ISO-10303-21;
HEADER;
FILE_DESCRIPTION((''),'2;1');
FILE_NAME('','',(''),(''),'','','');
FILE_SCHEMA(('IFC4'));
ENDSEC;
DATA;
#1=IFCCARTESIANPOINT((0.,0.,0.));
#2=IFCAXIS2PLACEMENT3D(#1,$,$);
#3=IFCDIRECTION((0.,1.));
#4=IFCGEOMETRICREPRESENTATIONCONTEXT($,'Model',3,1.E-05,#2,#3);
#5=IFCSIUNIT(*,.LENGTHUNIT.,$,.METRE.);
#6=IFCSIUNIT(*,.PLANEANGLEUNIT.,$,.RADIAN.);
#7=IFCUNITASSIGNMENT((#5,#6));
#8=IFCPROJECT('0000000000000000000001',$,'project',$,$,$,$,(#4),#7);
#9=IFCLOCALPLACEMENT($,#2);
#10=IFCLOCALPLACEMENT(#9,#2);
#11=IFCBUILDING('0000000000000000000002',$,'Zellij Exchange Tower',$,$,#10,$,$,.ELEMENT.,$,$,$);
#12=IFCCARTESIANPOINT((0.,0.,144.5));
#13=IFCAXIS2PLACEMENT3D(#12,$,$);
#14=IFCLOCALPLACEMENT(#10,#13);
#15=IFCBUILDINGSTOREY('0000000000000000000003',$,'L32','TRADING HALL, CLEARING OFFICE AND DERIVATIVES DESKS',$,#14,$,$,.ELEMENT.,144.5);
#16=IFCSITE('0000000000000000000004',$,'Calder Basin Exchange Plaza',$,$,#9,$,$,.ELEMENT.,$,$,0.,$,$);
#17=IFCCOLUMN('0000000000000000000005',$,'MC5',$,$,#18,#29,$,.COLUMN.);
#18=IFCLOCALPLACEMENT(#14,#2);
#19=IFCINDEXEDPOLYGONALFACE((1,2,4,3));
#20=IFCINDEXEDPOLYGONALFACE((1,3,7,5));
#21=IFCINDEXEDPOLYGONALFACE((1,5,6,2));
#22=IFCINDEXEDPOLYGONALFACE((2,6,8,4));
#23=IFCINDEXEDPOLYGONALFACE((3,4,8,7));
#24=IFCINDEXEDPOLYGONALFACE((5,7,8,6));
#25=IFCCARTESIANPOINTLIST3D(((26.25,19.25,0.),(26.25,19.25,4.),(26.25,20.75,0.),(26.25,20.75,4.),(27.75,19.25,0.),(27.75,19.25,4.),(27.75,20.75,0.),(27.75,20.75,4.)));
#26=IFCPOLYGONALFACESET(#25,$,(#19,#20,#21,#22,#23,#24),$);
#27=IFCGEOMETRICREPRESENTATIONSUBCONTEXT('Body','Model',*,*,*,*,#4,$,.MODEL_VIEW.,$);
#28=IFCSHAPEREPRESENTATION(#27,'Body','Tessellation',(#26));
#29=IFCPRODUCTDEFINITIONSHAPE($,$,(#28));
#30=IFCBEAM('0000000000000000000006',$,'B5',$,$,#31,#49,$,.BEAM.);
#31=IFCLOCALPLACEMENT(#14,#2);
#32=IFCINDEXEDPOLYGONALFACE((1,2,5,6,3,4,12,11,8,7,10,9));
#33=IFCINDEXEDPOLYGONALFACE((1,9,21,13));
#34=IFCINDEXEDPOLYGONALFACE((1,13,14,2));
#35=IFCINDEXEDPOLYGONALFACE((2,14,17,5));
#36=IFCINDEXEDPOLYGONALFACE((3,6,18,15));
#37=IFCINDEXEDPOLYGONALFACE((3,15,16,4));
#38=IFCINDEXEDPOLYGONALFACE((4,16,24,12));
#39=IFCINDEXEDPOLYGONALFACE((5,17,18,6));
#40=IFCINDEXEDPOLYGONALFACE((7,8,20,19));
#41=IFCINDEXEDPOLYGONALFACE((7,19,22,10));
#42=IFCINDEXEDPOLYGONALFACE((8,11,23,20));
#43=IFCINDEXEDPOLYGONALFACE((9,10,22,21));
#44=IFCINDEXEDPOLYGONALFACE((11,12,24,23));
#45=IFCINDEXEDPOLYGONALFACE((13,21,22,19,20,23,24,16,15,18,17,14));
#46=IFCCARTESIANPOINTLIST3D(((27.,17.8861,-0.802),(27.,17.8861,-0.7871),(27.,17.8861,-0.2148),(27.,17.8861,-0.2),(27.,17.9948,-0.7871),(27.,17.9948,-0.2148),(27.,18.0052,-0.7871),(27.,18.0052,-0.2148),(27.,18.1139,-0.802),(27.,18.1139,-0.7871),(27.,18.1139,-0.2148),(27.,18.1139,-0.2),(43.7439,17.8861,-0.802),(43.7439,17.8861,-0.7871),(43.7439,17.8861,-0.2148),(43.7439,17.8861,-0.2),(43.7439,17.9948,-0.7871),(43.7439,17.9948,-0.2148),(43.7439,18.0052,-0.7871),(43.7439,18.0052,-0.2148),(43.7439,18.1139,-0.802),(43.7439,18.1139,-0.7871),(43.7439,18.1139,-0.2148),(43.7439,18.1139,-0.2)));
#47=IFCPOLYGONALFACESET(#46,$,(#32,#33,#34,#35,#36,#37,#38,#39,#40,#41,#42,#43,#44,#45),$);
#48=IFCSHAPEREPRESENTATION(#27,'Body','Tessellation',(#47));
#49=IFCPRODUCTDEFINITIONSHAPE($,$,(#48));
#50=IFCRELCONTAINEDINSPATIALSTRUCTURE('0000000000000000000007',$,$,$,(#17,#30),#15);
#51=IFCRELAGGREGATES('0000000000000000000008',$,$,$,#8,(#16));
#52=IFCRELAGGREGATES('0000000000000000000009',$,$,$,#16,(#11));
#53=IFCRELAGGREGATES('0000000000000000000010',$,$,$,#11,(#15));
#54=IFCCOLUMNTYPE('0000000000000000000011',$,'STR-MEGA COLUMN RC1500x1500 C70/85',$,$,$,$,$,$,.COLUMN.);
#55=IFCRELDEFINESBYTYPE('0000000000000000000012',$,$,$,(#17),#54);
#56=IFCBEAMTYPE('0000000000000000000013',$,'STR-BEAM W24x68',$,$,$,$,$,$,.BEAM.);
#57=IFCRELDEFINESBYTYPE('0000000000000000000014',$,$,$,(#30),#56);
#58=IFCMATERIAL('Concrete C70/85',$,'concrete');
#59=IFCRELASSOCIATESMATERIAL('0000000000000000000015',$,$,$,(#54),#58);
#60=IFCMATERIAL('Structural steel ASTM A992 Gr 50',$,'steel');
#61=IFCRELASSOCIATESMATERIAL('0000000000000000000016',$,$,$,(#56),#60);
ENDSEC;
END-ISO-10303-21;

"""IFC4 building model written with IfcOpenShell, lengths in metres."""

from ifc_helpers import new_model, si_unit, direction, frame, origin, origin_2d, place, context, subcontext, project, spatial, rectangle, i_section, extrude, material, material_profile, profile_set, type_object, element, save


model = new_model("IFC4")

# Units and contexts
model_context = context("Model", 3, precision=1e-05, world=origin(), true_north=direction((0.0, 1.0)))
body_context = subcontext(model_context, "Body", "Model", "MODEL_VIEW")
ifc_project = project(units=[si_unit("LENGTHUNIT", "METRE"), si_unit("PLANEANGLEUNIT", "RADIAN")], contexts=[model_context])

# Site, building, storey
site_placement = place(None, origin())
site = spatial("IfcSite", under=ifc_project, at=site_placement, Name="Calder Basin Exchange Plaza", CompositionType="ELEMENT", RefElevation=0.0)
building_placement = place(site_placement, origin())
building = spatial("IfcBuilding", under=site, at=building_placement, Name="Zellij Exchange Tower", CompositionType="ELEMENT")
storey_placement = place(building_placement, frame((0.0, 0.0, 144.5)))
storey = spatial("IfcBuildingStorey", under=building, at=storey_placement, Name="L32", Description="TRADING HALL, CLEARING OFFICE AND DERIVATIVES DESKS", CompositionType="ELEMENT", Elevation=144.5)

# Column
ifc_material_1 = material(Name="Concrete C70/85", Category="concrete")
ifc_material_profile_1 = material_profile(ifc_material_1, rectangle(XDim=1.5, YDim=1.5, at=origin_2d()), Name="STR-MEGA COLUMN RC1500x1500 C70/85")
ifc_profile_set_1 = profile_set([ifc_material_profile_1], Name="Concrete C70/85")
column_type = type_object("IfcColumnType", Name="STR-MEGA COLUMN RC1500x1500 C70/85", PredefinedType="COLUMN", material=ifc_profile_set_1)
column_placement = place(storey_placement, frame((27.0, 20.0, 0.0), z_axis=(0.0, 0.0, 1.0), x_axis=(1.0, 0.0, 0.0)))
element("IfcColumn", 1, at=column_placement, inside=storey, type_object=column_type, Name="MC5", PredefinedType="COLUMN", context=body_context, shape_type="SweptSolid", body=[
    extrude(rectangle(XDim=1.5, YDim=1.5, at=origin_2d()), origin(), (0.0, 0.0, 1.0), 4.0),
])

# Beam
ifc_material_2 = material(Name="Structural steel ASTM A992 Gr 50", Category="steel")
ifc_material_profile_2 = material_profile(ifc_material_2, i_section(OverallWidth=0.2278, OverallDepth=0.6021, WebThickness=0.0105, FlangeThickness=0.0149, at=origin_2d()), Name="W24x68")
ifc_profile_set_2 = profile_set([ifc_material_profile_2], Name="Structural steel ASTM A992 Gr 50")
beam_type = type_object("IfcBeamType", Name="STR-BEAM W24x68", PredefinedType="BEAM", material=ifc_profile_set_2)
beam_placement = place(storey_placement, frame((27.0, 18.0, -0.501), z_axis=(1.0, 0.0, 0.0), x_axis=(0.0, 1.0, 0.0)))
element("IfcBeam", 2, at=beam_placement, inside=storey, type_object=beam_type, Name="B5", PredefinedType="BEAM", context=body_context, shape_type="SweptSolid", body=[
    extrude(i_section(OverallWidth=0.2278, OverallDepth=0.6021, WebThickness=0.0105, FlangeThickness=0.0149, at=origin_2d()), origin(), (0.0, 0.0, 1.0), 16.7439),
])

save(model, "model.ifc")
